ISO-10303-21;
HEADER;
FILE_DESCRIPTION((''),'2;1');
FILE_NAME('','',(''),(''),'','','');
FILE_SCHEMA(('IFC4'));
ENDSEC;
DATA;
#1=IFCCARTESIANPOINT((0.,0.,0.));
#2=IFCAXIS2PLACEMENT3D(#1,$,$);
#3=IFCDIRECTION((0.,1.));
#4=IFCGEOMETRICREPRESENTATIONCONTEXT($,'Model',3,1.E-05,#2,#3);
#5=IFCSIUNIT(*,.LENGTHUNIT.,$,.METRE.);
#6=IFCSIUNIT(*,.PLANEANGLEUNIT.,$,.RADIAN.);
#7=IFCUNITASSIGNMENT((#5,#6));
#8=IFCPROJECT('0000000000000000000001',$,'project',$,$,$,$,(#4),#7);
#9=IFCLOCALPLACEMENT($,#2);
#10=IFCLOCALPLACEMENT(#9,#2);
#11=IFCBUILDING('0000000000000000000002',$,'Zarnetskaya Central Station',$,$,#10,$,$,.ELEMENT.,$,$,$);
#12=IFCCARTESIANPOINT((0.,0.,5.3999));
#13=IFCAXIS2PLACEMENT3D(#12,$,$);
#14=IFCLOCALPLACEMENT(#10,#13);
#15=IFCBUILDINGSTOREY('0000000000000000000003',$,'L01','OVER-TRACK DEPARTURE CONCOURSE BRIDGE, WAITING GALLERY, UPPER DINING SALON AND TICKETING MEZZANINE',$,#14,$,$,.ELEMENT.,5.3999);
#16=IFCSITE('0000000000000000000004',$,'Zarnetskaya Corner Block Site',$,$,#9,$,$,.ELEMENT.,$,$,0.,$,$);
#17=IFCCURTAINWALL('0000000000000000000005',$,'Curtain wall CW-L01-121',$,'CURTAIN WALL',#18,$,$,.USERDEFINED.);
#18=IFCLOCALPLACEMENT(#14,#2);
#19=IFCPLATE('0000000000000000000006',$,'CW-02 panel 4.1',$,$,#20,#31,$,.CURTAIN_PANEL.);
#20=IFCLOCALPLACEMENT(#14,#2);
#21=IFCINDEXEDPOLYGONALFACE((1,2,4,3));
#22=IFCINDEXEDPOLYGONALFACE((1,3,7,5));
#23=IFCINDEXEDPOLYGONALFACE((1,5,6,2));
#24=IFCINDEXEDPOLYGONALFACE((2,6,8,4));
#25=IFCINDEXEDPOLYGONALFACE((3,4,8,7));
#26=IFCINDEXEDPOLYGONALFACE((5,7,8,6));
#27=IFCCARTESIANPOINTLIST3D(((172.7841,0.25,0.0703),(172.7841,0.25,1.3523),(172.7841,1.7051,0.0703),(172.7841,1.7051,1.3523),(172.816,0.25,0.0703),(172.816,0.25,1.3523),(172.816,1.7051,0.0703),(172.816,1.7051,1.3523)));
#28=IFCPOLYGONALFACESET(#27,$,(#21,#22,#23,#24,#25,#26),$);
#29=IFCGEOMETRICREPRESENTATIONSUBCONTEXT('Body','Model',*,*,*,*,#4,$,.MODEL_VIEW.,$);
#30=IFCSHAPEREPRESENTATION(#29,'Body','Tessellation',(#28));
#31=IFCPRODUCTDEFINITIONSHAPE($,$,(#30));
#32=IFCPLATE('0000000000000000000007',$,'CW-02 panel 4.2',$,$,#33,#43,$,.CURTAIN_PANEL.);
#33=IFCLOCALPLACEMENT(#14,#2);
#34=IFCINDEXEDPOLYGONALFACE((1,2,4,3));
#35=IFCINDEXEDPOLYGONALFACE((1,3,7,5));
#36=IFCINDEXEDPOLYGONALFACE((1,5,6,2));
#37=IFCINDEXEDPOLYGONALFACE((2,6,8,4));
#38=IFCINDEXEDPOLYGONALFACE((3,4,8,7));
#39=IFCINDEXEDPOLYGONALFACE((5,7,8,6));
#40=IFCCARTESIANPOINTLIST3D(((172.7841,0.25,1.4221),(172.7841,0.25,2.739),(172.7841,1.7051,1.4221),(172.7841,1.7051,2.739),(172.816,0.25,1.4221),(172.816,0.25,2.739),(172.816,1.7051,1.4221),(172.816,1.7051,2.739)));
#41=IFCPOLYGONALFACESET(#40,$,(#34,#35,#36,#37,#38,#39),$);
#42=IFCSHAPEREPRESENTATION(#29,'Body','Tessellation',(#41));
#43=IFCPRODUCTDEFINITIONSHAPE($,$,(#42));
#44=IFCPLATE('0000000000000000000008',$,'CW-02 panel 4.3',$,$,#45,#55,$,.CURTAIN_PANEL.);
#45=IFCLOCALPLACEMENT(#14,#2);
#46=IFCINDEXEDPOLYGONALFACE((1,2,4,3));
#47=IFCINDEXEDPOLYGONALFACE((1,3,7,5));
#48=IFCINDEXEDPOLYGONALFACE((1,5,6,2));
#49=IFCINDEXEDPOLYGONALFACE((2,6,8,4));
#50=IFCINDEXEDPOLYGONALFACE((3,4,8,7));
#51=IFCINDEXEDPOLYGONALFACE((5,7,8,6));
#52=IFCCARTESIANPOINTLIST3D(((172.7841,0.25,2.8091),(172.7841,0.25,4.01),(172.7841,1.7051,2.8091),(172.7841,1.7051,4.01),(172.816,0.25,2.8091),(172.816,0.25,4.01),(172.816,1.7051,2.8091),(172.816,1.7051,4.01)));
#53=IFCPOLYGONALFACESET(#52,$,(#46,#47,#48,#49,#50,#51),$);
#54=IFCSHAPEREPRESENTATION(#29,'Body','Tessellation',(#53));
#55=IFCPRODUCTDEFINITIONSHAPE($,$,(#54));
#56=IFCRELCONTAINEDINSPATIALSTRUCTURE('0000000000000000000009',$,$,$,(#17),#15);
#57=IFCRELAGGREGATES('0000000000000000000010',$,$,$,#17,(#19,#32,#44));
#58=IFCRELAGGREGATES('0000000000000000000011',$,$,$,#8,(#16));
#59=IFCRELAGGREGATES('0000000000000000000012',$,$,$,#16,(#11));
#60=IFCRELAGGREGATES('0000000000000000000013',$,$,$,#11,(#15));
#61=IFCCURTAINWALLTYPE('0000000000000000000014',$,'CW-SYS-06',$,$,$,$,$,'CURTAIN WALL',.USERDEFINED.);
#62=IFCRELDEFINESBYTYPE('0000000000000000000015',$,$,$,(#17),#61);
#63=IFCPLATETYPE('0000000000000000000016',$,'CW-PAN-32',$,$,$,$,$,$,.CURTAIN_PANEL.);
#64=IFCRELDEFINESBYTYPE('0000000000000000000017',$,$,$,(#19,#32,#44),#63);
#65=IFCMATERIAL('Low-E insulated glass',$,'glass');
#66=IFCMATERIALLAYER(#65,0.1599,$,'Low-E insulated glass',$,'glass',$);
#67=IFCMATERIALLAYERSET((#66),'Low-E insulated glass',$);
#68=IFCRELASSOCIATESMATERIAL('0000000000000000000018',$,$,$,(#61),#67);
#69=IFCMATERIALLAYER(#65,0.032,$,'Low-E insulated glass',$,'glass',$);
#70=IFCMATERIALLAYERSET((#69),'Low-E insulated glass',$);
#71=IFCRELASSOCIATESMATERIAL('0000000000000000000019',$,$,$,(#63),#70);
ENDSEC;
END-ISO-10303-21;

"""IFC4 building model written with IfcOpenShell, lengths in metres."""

from ifc_helpers import new_model, si_unit, direction, frame, origin, origin_2d, place, context, subcontext, project, spatial, rectangle, extrude, material, layer, layer_set, type_object, element, aggregate, save


model = new_model("IFC4")

# Units and contexts
model_context = context("Model", 3, precision=1e-05, world=origin(), true_north=direction((0.0, 1.0)))
body_context = subcontext(model_context, "Body", "Model", "MODEL_VIEW")
ifc_project = project(units=[si_unit("LENGTHUNIT", "METRE"), si_unit("PLANEANGLEUNIT", "RADIAN")], contexts=[model_context])

# Site, building, storey
site_placement = place(None, origin())
site = spatial("IfcSite", under=ifc_project, at=site_placement, Name="Zarnetskaya Corner Block Site", CompositionType="ELEMENT", RefElevation=0.0)
building_placement = place(site_placement, origin())
building = spatial("IfcBuilding", under=site, at=building_placement, Name="Zarnetskaya Central Station", CompositionType="ELEMENT")
storey_placement = place(building_placement, frame((0.0, 0.0, 5.3999)))
storey = spatial("IfcBuildingStorey", under=building, at=storey_placement, Name="L01", Description="OVER-TRACK DEPARTURE CONCOURSE BRIDGE, WAITING GALLERY, UPPER DINING SALON AND TICKETING MEZZANINE", CompositionType="ELEMENT", Elevation=5.3999)

# Curtain wall
ifc_material_1 = material(Name="Low-E insulated glass", Category="glass")
ifc_layer_1 = layer(ifc_material_1, 0.1599, Name="Low-E insulated glass", Category="glass")
ifc_layer_set_1 = layer_set([ifc_layer_1], Name="Low-E insulated glass")
curtain_wall_type = type_object("IfcCurtainWallType", Name="CW-SYS-06", ElementType="CURTAIN WALL", PredefinedType="USERDEFINED", material=ifc_layer_set_1)
curtain_wall_placement = place(storey_placement, origin())
curtain_wall = element("IfcCurtainWall", 1, at=curtain_wall_placement, inside=storey, type_object=curtain_wall_type, Name="Curtain wall CW-L01-121", ObjectType="CURTAIN WALL", PredefinedType="USERDEFINED")

# Plates
ifc_layer_2 = layer(ifc_material_1, 0.032, Name="Low-E insulated glass", Category="glass")
ifc_layer_set_2 = layer_set([ifc_layer_2], Name="Low-E insulated glass")
plate_type = type_object("IfcPlateType", Name="CW-PAN-32", PredefinedType="CURTAIN_PANEL", material=ifc_layer_set_2)
plate_1_placement = place(storey_placement, frame((172.8, 0.9775, 0.0703), z_axis=(0.0, 0.0, 1.0), x_axis=(0.0, -1.0, 0.0)))
plate_1 = element("IfcPlate", 2, at=plate_1_placement, type_object=plate_type, Name="CW-02 panel 4.1", PredefinedType="CURTAIN_PANEL", context=body_context, shape_type="SweptSolid", body=[
    extrude(rectangle(XDim=1.4551, YDim=0.032, at=origin_2d()), origin(), (0.0, 0.0, 1.0), 1.282),
])
plate_2_placement = place(storey_placement, frame((172.8, 0.9775, 1.4221), z_axis=(0.0, 0.0, 1.0), x_axis=(0.0, -1.0, 0.0)))
plate_2 = element("IfcPlate", 3, at=plate_2_placement, type_object=plate_type, Name="CW-02 panel 4.2", PredefinedType="CURTAIN_PANEL", context=body_context, shape_type="SweptSolid", body=[
    extrude(rectangle(XDim=1.4551, YDim=0.032, at=origin_2d()), origin(), (0.0, 0.0, 1.0), 1.3169),
])
plate_3_placement = place(storey_placement, frame((172.8, 0.9775, 2.8091), z_axis=(0.0, 0.0, 1.0), x_axis=(0.0, -1.0, 0.0)))
plate_3 = element("IfcPlate", 4, at=plate_3_placement, type_object=plate_type, Name="CW-02 panel 4.3", PredefinedType="CURTAIN_PANEL", context=body_context, shape_type="SweptSolid", body=[
    extrude(rectangle(XDim=1.4551, YDim=0.032, at=origin_2d()), origin(), (0.0, 0.0, 1.0), 1.2009),
])
aggregate(curtain_wall, [plate_1, plate_2, plate_3])

save(model, "model.ifc")
